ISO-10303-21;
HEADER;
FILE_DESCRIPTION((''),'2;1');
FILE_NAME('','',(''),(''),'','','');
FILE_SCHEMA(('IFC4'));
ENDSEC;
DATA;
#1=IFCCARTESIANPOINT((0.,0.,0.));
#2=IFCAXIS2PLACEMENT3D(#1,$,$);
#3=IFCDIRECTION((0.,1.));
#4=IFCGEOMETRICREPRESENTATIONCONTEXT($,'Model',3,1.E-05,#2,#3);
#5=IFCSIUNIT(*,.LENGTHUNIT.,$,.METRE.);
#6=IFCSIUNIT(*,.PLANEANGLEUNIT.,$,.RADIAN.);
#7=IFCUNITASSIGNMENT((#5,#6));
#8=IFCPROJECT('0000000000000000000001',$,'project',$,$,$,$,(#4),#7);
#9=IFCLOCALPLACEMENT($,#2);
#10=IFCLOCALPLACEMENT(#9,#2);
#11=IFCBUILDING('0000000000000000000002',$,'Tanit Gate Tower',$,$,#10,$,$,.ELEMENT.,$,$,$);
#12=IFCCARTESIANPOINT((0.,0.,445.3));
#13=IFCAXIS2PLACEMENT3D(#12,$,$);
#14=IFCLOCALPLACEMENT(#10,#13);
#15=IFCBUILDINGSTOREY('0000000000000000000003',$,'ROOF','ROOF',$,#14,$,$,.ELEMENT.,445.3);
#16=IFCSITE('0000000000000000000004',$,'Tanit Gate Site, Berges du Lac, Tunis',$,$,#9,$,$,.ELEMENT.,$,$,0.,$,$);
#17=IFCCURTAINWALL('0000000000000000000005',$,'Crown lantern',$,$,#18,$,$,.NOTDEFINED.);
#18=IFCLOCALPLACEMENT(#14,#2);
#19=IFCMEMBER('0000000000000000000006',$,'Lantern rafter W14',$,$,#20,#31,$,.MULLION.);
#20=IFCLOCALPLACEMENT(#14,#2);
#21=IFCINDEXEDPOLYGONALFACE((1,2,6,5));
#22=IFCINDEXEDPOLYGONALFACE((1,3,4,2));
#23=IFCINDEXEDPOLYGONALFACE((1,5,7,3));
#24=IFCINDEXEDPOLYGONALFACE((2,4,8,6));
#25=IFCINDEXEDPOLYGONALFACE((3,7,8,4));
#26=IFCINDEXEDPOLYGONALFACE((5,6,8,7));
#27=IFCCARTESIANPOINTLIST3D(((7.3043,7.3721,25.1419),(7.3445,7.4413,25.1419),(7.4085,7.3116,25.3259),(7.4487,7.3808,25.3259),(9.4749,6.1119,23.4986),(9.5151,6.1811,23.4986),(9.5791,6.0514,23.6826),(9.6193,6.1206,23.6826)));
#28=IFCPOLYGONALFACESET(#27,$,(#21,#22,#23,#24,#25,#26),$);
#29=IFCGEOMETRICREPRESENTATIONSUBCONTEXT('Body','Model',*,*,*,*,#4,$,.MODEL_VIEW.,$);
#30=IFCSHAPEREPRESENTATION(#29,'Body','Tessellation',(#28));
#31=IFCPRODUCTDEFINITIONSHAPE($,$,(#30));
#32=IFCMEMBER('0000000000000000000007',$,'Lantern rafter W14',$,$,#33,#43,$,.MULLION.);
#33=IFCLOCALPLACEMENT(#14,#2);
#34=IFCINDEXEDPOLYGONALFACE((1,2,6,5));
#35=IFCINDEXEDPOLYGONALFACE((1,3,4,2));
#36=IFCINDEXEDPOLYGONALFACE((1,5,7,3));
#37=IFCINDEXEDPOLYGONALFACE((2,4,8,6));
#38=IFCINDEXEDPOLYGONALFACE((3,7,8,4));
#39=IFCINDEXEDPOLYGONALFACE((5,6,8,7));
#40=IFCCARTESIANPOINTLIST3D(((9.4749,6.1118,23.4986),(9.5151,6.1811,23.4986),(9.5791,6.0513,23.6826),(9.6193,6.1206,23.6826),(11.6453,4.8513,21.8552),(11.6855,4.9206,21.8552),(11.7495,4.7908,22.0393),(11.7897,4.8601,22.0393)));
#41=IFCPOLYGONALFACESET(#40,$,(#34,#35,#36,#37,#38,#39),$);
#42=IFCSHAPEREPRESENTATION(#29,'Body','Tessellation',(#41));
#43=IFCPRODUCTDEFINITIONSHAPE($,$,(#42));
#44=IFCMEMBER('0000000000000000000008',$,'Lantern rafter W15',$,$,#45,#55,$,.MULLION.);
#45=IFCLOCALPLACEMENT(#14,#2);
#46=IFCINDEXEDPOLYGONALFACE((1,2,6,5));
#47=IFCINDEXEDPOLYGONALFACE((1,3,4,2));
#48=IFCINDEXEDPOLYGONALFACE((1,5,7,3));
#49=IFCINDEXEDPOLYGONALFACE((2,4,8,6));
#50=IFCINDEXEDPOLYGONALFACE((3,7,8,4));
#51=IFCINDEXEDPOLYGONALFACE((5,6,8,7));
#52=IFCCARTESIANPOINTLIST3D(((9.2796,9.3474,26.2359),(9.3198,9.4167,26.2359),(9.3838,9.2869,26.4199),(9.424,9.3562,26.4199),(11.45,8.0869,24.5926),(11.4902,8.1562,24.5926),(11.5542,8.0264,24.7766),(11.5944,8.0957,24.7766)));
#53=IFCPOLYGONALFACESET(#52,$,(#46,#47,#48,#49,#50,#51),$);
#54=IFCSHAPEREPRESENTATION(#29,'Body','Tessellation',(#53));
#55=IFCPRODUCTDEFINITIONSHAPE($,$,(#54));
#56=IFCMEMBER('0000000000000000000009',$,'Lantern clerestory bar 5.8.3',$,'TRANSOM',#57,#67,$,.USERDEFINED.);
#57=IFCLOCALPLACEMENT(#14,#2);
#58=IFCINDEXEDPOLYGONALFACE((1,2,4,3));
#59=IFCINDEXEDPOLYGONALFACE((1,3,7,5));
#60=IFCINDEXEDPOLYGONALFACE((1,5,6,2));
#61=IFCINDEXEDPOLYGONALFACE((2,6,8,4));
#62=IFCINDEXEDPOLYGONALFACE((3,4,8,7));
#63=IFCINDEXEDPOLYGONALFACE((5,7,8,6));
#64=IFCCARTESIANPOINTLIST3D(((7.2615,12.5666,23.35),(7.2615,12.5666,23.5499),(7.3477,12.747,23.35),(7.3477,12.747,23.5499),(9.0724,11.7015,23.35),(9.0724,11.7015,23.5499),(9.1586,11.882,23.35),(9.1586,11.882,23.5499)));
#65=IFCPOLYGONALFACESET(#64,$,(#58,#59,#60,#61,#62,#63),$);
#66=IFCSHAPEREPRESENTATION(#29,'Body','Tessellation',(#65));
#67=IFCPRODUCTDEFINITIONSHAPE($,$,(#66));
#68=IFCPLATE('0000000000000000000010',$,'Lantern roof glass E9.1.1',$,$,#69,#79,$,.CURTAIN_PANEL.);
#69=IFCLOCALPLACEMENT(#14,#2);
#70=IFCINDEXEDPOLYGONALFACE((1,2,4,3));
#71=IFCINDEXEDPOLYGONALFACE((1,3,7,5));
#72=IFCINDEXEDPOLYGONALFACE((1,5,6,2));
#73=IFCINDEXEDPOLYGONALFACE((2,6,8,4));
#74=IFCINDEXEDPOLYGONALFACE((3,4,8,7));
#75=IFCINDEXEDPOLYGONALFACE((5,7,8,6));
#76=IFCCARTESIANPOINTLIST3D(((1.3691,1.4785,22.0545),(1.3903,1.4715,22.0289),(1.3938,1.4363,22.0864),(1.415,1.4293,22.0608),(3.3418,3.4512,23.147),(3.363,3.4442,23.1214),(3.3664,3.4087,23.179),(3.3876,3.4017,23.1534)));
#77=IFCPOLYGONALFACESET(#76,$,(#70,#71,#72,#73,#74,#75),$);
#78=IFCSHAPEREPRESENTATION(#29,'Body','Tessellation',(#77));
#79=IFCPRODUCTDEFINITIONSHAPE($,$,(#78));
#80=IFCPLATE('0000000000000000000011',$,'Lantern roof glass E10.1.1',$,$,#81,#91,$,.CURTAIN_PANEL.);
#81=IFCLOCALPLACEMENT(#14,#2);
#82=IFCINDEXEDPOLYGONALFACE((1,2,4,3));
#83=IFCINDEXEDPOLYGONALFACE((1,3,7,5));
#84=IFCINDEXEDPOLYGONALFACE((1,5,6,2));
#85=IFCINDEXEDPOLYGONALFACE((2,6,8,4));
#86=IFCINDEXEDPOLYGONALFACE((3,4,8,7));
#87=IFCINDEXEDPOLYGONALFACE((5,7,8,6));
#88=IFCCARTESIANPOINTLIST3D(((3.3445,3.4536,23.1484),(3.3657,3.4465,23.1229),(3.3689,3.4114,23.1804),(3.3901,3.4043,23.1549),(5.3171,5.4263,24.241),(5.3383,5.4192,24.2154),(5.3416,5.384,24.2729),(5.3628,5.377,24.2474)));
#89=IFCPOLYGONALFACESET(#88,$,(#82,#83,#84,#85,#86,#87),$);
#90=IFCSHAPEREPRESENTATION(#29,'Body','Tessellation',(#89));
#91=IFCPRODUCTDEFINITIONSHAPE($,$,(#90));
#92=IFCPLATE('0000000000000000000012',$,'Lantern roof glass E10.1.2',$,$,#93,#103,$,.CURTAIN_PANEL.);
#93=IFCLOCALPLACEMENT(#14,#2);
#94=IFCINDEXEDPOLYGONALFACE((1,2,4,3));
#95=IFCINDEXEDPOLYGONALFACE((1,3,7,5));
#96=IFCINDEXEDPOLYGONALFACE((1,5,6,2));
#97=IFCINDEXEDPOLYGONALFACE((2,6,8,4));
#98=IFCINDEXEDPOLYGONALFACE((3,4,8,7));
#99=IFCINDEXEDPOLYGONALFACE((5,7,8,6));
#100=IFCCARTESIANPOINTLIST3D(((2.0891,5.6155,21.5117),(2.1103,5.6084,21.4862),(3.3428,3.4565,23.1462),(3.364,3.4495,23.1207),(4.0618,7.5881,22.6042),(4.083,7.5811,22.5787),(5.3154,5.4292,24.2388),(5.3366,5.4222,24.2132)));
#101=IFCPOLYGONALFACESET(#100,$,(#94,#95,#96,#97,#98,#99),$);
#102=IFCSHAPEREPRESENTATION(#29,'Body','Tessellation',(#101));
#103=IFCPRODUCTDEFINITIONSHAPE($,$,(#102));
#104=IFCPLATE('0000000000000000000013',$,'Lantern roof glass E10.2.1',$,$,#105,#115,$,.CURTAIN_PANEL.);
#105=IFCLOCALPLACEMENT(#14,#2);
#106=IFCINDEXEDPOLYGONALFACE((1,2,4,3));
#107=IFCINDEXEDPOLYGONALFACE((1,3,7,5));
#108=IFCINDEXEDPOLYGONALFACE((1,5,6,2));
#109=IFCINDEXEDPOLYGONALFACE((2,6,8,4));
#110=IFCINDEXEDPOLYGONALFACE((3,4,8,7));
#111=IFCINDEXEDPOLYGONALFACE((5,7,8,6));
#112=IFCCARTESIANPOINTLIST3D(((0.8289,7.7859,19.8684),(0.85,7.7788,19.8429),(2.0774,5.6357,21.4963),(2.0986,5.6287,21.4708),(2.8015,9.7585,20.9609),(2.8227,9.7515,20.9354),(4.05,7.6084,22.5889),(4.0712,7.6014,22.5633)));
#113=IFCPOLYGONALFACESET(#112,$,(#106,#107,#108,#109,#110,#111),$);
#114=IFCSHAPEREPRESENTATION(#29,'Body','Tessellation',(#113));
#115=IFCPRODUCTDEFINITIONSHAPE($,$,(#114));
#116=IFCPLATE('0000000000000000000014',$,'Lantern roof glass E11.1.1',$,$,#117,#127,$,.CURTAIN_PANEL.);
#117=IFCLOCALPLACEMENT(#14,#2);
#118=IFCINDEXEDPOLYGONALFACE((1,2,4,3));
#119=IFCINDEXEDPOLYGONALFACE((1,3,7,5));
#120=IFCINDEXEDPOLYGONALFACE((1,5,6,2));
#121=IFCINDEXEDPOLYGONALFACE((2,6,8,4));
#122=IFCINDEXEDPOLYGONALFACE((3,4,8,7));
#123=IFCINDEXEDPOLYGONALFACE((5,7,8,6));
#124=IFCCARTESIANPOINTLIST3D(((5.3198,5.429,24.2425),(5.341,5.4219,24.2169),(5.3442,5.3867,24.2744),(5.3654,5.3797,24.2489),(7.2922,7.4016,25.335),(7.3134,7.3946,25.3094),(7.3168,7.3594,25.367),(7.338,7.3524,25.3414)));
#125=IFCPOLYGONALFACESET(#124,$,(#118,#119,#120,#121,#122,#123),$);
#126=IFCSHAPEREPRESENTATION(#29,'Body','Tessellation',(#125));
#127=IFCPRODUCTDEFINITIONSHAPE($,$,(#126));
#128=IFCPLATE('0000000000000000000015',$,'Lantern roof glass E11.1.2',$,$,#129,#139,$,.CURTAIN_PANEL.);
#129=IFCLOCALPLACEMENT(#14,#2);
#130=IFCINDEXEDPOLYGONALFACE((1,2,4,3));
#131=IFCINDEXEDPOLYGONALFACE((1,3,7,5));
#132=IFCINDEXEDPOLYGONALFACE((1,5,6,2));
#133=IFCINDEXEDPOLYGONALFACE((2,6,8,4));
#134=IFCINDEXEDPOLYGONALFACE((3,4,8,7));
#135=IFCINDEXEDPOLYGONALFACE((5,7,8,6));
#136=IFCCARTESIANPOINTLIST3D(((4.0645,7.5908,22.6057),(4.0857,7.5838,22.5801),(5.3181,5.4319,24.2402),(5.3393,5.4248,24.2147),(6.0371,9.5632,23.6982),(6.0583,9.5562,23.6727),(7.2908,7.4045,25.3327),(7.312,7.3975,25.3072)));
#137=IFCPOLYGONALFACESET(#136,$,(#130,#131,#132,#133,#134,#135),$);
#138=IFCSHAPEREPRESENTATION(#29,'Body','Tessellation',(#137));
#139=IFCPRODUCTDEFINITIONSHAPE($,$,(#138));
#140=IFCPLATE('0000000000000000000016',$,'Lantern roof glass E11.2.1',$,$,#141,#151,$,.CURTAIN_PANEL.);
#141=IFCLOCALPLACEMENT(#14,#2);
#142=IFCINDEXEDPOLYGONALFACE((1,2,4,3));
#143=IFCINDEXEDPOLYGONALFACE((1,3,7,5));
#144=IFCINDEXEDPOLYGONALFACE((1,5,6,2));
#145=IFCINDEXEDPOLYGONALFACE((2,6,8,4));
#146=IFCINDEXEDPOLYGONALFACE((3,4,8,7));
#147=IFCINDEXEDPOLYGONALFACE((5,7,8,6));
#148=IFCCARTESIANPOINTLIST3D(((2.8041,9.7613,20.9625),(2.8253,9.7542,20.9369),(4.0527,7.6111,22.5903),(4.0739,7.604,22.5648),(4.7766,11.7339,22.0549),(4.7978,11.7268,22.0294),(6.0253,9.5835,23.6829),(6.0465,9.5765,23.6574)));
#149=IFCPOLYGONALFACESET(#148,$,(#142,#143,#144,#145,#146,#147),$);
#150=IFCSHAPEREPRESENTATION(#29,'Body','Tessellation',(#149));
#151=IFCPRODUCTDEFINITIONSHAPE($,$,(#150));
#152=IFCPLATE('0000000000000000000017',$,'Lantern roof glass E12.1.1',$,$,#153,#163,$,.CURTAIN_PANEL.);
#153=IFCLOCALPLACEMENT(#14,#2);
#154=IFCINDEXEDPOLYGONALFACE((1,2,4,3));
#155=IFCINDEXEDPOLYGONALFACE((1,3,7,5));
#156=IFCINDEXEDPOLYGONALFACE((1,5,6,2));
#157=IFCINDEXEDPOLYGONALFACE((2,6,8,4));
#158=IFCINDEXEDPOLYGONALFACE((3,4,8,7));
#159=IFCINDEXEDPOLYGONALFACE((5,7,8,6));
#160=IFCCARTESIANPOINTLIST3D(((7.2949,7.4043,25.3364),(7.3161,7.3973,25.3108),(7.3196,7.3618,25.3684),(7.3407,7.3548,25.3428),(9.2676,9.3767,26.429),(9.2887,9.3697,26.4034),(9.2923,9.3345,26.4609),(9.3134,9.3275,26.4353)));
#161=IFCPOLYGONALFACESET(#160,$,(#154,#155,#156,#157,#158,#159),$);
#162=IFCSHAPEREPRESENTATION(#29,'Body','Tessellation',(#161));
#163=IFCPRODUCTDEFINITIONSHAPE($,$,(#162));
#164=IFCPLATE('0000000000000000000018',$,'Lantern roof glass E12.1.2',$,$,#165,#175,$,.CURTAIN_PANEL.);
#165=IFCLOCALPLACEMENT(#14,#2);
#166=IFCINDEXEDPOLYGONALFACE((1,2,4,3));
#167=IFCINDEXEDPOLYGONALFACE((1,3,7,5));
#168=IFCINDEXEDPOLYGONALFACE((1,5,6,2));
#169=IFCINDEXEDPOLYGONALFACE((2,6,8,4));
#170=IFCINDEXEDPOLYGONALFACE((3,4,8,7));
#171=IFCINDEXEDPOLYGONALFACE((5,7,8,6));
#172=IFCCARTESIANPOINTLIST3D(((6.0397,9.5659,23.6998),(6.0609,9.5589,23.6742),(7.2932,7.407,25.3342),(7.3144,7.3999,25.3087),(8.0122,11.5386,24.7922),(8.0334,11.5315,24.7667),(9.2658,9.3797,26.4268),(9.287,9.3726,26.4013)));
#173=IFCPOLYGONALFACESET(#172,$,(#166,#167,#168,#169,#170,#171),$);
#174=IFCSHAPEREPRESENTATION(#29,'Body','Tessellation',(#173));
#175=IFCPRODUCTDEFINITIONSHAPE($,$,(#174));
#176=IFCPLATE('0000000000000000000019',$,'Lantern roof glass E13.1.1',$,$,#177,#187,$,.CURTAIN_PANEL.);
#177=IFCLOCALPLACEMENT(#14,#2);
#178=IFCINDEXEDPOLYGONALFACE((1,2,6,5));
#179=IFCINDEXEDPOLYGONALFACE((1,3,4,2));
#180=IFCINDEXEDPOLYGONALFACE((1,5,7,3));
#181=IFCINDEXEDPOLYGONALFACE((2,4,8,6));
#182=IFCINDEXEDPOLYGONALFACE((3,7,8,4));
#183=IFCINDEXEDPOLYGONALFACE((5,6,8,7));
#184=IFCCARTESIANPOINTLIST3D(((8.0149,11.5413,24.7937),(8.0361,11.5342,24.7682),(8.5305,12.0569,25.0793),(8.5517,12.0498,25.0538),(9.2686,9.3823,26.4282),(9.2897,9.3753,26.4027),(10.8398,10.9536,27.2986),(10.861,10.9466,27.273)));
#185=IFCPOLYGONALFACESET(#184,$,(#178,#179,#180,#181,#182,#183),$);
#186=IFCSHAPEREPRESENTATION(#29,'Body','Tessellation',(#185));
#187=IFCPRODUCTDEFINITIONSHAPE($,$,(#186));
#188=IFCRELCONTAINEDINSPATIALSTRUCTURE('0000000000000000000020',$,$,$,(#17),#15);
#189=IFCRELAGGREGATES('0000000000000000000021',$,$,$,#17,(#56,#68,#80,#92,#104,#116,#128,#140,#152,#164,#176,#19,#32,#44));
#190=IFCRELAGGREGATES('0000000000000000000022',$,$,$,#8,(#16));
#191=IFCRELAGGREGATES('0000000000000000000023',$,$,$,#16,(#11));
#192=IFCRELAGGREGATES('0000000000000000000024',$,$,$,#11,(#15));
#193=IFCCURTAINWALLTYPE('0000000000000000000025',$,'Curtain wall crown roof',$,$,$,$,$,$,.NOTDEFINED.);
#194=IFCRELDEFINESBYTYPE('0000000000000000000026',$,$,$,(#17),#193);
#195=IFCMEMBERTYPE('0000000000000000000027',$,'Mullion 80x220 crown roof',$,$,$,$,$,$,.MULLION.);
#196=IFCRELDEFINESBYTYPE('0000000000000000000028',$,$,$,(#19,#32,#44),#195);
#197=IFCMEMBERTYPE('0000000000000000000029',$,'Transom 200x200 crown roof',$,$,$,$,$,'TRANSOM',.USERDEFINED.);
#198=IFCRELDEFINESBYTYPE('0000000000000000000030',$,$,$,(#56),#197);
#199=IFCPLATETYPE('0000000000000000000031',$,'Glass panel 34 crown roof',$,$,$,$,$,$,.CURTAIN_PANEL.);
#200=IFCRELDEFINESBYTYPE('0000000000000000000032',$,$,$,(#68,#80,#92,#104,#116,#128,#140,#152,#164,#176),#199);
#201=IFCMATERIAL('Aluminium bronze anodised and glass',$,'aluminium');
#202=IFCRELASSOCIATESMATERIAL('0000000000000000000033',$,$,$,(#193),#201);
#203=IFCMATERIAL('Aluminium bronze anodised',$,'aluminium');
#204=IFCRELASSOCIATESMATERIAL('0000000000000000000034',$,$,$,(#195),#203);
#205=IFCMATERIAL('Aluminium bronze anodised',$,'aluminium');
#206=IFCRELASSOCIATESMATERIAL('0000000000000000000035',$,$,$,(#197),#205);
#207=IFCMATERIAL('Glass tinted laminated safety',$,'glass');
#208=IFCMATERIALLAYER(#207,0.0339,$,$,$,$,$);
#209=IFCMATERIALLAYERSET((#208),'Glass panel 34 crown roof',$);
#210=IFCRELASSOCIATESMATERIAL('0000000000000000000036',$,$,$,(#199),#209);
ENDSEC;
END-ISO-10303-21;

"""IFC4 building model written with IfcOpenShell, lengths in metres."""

from ifc_helpers import new_model, si_unit, direction, frame, origin, origin_2d, place, context, subcontext, project, spatial, polyline, rectangle, outline, extrude, material, layer, layer_set, material_profile, profile_set, type_object, element, aggregate, save


model = new_model("IFC4")

# Units and contexts
model_context = context("Model", 3, precision=1e-05, world=origin(), true_north=direction((0.0, 1.0)))
body_context = subcontext(model_context, "Body", "Model", "MODEL_VIEW")
ifc_project = project(units=[si_unit("LENGTHUNIT", "METRE"), si_unit("PLANEANGLEUNIT", "RADIAN")], contexts=[model_context])

# Site, building, storey
site_placement = place(None, origin())
site = spatial("IfcSite", under=ifc_project, at=site_placement, Name="Tanit Gate Site, Berges du Lac, Tunis", CompositionType="ELEMENT", RefElevation=0.0)
building_placement = place(site_placement, origin())
building = spatial("IfcBuilding", under=site, at=building_placement, Name="Tanit Gate Tower", CompositionType="ELEMENT")
storey_placement = place(building_placement, frame((0.0, 0.0, 445.3)))
storey = spatial("IfcBuildingStorey", under=building, at=storey_placement, Name="ROOF", Description="ROOF", CompositionType="ELEMENT", Elevation=445.3)

# Curtain wall, members, plates
ifc_material_1 = material(Name="Aluminium bronze anodised and glass", Category="aluminium")
curtain_wall_type = type_object("IfcCurtainWallType", Name="Curtain wall crown roof", PredefinedType="NOTDEFINED", material=ifc_material_1)
curtain_wall_placement = place(storey_placement, origin())
curtain_wall = element("IfcCurtainWall", 1, at=curtain_wall_placement, inside=storey, type_object=curtain_wall_type, Name="Crown lantern", PredefinedType="NOTDEFINED")
ifc_material_2 = material(Name="Aluminium bronze anodised", Category="aluminium")
ifc_material_profile_1 = material_profile(ifc_material_2, rectangle(XDim=0.0801, YDim=0.22, at=origin_2d()), Name="80x220 bronze rafter")
ifc_profile_set_1 = profile_set([ifc_material_profile_1], Name="Aluminium bronze anodised")
member_type_1 = type_object("IfcMemberType", Name="Mullion 80x220 crown roof", PredefinedType="MULLION", material=ifc_profile_set_1)
member_1_placement = place(storey_placement, frame((7.3765, 7.3765, 25.2339), z_axis=(0.723533, -0.420074, -0.547757), x_axis=(0.502098, 0.864811, 0.0)))
member_1 = element("IfcMember", 2, at=member_1_placement, type_object=member_type_1, Name="Lantern rafter W14", PredefinedType="MULLION", context=body_context, shape_type="SweptSolid", body=[
    extrude(rectangle(XDim=0.0801, YDim=0.22, at=origin_2d()), origin(), (0.0, 0.0, 1.0), 3.0),
])
member_2_placement = place(storey_placement, frame((9.5471, 6.1162, 23.5906), z_axis=(0.72347, -0.420166, -0.54777), x_axis=(0.502213, 0.864744, 0.0)))
member_2 = element("IfcMember", 3, at=member_2_placement, type_object=member_type_1, Name="Lantern rafter W14", PredefinedType="MULLION", context=body_context, shape_type="SweptSolid", body=[
    extrude(rectangle(XDim=0.0801, YDim=0.22, at=origin_2d()), origin(), (0.0, 0.0, 1.0), 3.0),
])
member_3_placement = place(storey_placement, frame((9.3518, 9.3518, 26.3279), z_axis=(0.72347, -0.420166, -0.54777), x_axis=(0.502213, 0.864744, 0.0)))
member_3 = element("IfcMember", 4, at=member_3_placement, type_object=member_type_1, Name="Lantern rafter W15", PredefinedType="MULLION", context=body_context, shape_type="SweptSolid", body=[
    extrude(rectangle(XDim=0.0801, YDim=0.22, at=origin_2d()), origin(), (0.0, 0.0, 1.0), 3.0),
])
ifc_material_3 = material(Name="Aluminium bronze anodised", Category="aluminium")
ifc_material_profile_2 = material_profile(ifc_material_3, rectangle(XDim=0.2, YDim=0.2, at=origin_2d()), Name="200x200 bronze transom")
ifc_profile_set_2 = profile_set([ifc_material_profile_2], Name="Aluminium bronze anodised")
member_type_2 = type_object("IfcMemberType", Name="Transom 200x200 crown roof", ElementType="TRANSOM", PredefinedType="USERDEFINED", material=ifc_profile_set_2)
member_4_placement = place(storey_placement, frame((9.1155, 11.7917, 23.45), z_axis=(-0.902336, 0.431034, 0.0), x_axis=(-0.431034, -0.902336, 0.0)))
member_4 = element("IfcMember", 5, at=member_4_placement, type_object=member_type_2, Name="Lantern clerestory bar 5.8.3", ObjectType="TRANSOM", PredefinedType="USERDEFINED", context=body_context, shape_type="SweptSolid", body=[
    extrude(rectangle(XDim=0.2, YDim=0.2, at=origin_2d()), origin(), (0.0, 0.0, 1.0), 2.0068),
])
ifc_material_4 = material(Name="Glass tinted laminated safety", Category="glass")
ifc_layer = layer(ifc_material_4, 0.0339)
ifc_layer_set = layer_set([ifc_layer], Name="Glass panel 34 crown roof")
plate_type = type_object("IfcPlateType", Name="Glass panel 34 crown roof", PredefinedType="CURTAIN_PANEL", material=ifc_layer_set)
plate_1_placement = place(storey_placement, frame((3.3418, 3.4512, 23.147), z_axis=(-0.623732, 0.206175, 0.753957), x_axis=(-0.658422, -0.658415, -0.364649)))
plate_1 = element("IfcPlate", 6, at=plate_1_placement, type_object=plate_type, Name="Lantern roof glass E9.1.1", PredefinedType="CURTAIN_PANEL", context=body_context, shape_type="SweptSolid", body=[
    extrude(outline(polyline([(0.0, 0.0), (2.9961, 0.0), (2.996, 0.0584), (0.0001, 0.0586), (0.0, 0.0)])), origin(), (0.0, 0.0, -1.0), 0.0339),
])
plate_2_placement = place(storey_placement, frame((5.3171, 5.4263, 24.241), z_axis=(-0.625016, 0.208371, 0.752288), x_axis=(-0.658417, -0.658417, -0.364656)))
plate_2 = element("IfcPlate", 7, at=plate_2_placement, type_object=plate_type, Name="Lantern roof glass E10.1.1", PredefinedType="CURTAIN_PANEL", context=body_context, shape_type="SweptSolid", body=[
    extrude(outline(polyline([(0.0, 0.0), (2.9961, 0.0), (2.9961, 0.0583), (0.0001, 0.0583), (0.0, 0.0)])), origin(), (0.0, 0.0, -1.0), 0.0339),
])
plate_3_placement = place(storey_placement, frame((3.3428, 3.4565, 23.1462), z_axis=(-0.624483, 0.207453, 0.752984), x_axis=(0.658417, 0.658417, 0.364656)))
plate_3 = element("IfcPlate", 8, at=plate_3_placement, type_object=plate_type, Name="Lantern roof glass E10.1.2", PredefinedType="CURTAIN_PANEL", context=body_context, shape_type="SweptSolid", body=[
    extrude(outline(polyline([(0.0, 0.0), (2.9961, 0.0), (2.9961, 2.984), (0.0, 2.984), (0.0, 0.0)])), origin(), (0.0, 0.0, -1.0), 0.0339),
])
plate_4_placement = place(storey_placement, frame((2.8015, 9.7585, 20.9609), z_axis=(-0.624492, 0.207468, 0.752972), x_axis=(-0.658417, -0.658417, -0.364656)))
plate_4 = element("IfcPlate", 9, at=plate_4_placement, type_object=plate_type, Name="Lantern roof glass E10.2.1", PredefinedType="CURTAIN_PANEL", context=body_context, shape_type="SweptSolid", body=[
    extrude(outline(polyline([(0.0, 0.0), (2.9961, 0.0), (2.9961, 2.9719), (0.0, 2.9719), (0.0, 0.0)])), origin(), (0.0, 0.0, -1.0), 0.0339),
])
plate_5_placement = place(storey_placement, frame((7.2922, 7.4016, 25.335), z_axis=(-0.624484, 0.207409, 0.752995), x_axis=(-0.658387, -0.658447, -0.364656)))
plate_5 = element("IfcPlate", 10, at=plate_5_placement, type_object=plate_type, Name="Lantern roof glass E11.1.1", PredefinedType="CURTAIN_PANEL", context=body_context, shape_type="SweptSolid", body=[
    extrude(outline(polyline([(0.0, 0.0), (2.9959, 0.0), (2.996, 0.0583), (-0.0001, 0.0584), (0.0, 0.0)])), origin(), (0.0, 0.0, -1.0), 0.0339),
])
plate_6_placement = place(storey_placement, frame((5.3181, 5.4319, 24.2402), z_axis=(-0.624481, 0.207465, 0.752982), x_axis=(0.658422, 0.658415, 0.364649)))
plate_6 = element("IfcPlate", 11, at=plate_6_placement, type_object=plate_type, Name="Lantern roof glass E11.1.2", PredefinedType="CURTAIN_PANEL", context=body_context, shape_type="SweptSolid", body=[
    extrude(outline(polyline([(0.0, 0.0), (2.9961, 0.0), (2.9959, 2.9838), (0.0, 2.984), (0.0, 0.0)])), origin(), (0.0, 0.0, -1.0), 0.0339),
])
plate_7_placement = place(storey_placement, frame((4.7766, 11.7339, 22.0549), z_axis=(-0.624488, 0.207432, 0.752985), x_axis=(-0.658392, -0.658445, -0.36465)))
plate_7 = element("IfcPlate", 12, at=plate_7_placement, type_object=plate_type, Name="Lantern roof glass E11.2.1", PredefinedType="CURTAIN_PANEL", context=body_context, shape_type="SweptSolid", body=[
    extrude(outline(polyline([(0.0, 0.0), (2.9959, 0.0), (2.996, 2.9719), (0.0001, 2.9722), (0.0, 0.0)])), origin(), (0.0, 0.0, -1.0), 0.0339),
])
plate_8_placement = place(storey_placement, frame((9.2676, 9.3767, 26.429), z_axis=(-0.623732, 0.206175, 0.753957), x_axis=(-0.658447, -0.658373, -0.364681)))
plate_8 = element("IfcPlate", 13, at=plate_8_placement, type_object=plate_type, Name="Lantern roof glass E12.1.1", PredefinedType="CURTAIN_PANEL", context=body_context, shape_type="SweptSolid", body=[
    extrude(outline(polyline([(0.0, 0.0), (2.9959, 0.0), (2.996, 0.0586), (-0.0001, 0.0584), (0.0, 0.0)])), origin(), (0.0, 0.0, -1.0), 0.0339),
])
plate_9_placement = place(storey_placement, frame((7.2932, 7.407, 25.3342), z_axis=(-0.62451, 0.207455, 0.75296), x_axis=(0.658401, 0.658422, 0.364675)))
plate_9 = element("IfcPlate", 14, at=plate_9_placement, type_object=plate_type, Name="Lantern roof glass E12.1.2", PredefinedType="CURTAIN_PANEL", context=body_context, shape_type="SweptSolid", body=[
    extrude(outline(polyline([(0.0, 0.0), (2.9961, 0.0), (2.9961, 2.984), (0.0002, 2.9839), (0.0, 0.0)])), origin(), (0.0, 0.0, -1.0), 0.0339),
])
plate_10_placement = place(storey_placement, frame((9.2686, 9.3823, 26.4282), z_axis=(-0.624511, 0.207418, 0.75297), x_axis=(0.6584, 0.658406, 0.364706)))
plate_10 = element("IfcPlate", 15, at=plate_10_placement, type_object=plate_type, Name="Lantern roof glass E13.1.1", PredefinedType="CURTAIN_PANEL", context=body_context, shape_type="SweptSolid", body=[
    extrude(outline(polyline([(0.0, 0.0), (2.3865, 0.0), (0.7831, 2.984), (-0.0001, 2.984), (0.0, 0.0)])), origin(), (0.0, 0.0, -1.0), 0.0339),
])
aggregate(curtain_wall, [member_4, plate_1, plate_2, plate_3, plate_4, plate_5, plate_6, plate_7, plate_8, plate_9, plate_10, member_1, member_2, member_3])

save(model, "model.ifc")
